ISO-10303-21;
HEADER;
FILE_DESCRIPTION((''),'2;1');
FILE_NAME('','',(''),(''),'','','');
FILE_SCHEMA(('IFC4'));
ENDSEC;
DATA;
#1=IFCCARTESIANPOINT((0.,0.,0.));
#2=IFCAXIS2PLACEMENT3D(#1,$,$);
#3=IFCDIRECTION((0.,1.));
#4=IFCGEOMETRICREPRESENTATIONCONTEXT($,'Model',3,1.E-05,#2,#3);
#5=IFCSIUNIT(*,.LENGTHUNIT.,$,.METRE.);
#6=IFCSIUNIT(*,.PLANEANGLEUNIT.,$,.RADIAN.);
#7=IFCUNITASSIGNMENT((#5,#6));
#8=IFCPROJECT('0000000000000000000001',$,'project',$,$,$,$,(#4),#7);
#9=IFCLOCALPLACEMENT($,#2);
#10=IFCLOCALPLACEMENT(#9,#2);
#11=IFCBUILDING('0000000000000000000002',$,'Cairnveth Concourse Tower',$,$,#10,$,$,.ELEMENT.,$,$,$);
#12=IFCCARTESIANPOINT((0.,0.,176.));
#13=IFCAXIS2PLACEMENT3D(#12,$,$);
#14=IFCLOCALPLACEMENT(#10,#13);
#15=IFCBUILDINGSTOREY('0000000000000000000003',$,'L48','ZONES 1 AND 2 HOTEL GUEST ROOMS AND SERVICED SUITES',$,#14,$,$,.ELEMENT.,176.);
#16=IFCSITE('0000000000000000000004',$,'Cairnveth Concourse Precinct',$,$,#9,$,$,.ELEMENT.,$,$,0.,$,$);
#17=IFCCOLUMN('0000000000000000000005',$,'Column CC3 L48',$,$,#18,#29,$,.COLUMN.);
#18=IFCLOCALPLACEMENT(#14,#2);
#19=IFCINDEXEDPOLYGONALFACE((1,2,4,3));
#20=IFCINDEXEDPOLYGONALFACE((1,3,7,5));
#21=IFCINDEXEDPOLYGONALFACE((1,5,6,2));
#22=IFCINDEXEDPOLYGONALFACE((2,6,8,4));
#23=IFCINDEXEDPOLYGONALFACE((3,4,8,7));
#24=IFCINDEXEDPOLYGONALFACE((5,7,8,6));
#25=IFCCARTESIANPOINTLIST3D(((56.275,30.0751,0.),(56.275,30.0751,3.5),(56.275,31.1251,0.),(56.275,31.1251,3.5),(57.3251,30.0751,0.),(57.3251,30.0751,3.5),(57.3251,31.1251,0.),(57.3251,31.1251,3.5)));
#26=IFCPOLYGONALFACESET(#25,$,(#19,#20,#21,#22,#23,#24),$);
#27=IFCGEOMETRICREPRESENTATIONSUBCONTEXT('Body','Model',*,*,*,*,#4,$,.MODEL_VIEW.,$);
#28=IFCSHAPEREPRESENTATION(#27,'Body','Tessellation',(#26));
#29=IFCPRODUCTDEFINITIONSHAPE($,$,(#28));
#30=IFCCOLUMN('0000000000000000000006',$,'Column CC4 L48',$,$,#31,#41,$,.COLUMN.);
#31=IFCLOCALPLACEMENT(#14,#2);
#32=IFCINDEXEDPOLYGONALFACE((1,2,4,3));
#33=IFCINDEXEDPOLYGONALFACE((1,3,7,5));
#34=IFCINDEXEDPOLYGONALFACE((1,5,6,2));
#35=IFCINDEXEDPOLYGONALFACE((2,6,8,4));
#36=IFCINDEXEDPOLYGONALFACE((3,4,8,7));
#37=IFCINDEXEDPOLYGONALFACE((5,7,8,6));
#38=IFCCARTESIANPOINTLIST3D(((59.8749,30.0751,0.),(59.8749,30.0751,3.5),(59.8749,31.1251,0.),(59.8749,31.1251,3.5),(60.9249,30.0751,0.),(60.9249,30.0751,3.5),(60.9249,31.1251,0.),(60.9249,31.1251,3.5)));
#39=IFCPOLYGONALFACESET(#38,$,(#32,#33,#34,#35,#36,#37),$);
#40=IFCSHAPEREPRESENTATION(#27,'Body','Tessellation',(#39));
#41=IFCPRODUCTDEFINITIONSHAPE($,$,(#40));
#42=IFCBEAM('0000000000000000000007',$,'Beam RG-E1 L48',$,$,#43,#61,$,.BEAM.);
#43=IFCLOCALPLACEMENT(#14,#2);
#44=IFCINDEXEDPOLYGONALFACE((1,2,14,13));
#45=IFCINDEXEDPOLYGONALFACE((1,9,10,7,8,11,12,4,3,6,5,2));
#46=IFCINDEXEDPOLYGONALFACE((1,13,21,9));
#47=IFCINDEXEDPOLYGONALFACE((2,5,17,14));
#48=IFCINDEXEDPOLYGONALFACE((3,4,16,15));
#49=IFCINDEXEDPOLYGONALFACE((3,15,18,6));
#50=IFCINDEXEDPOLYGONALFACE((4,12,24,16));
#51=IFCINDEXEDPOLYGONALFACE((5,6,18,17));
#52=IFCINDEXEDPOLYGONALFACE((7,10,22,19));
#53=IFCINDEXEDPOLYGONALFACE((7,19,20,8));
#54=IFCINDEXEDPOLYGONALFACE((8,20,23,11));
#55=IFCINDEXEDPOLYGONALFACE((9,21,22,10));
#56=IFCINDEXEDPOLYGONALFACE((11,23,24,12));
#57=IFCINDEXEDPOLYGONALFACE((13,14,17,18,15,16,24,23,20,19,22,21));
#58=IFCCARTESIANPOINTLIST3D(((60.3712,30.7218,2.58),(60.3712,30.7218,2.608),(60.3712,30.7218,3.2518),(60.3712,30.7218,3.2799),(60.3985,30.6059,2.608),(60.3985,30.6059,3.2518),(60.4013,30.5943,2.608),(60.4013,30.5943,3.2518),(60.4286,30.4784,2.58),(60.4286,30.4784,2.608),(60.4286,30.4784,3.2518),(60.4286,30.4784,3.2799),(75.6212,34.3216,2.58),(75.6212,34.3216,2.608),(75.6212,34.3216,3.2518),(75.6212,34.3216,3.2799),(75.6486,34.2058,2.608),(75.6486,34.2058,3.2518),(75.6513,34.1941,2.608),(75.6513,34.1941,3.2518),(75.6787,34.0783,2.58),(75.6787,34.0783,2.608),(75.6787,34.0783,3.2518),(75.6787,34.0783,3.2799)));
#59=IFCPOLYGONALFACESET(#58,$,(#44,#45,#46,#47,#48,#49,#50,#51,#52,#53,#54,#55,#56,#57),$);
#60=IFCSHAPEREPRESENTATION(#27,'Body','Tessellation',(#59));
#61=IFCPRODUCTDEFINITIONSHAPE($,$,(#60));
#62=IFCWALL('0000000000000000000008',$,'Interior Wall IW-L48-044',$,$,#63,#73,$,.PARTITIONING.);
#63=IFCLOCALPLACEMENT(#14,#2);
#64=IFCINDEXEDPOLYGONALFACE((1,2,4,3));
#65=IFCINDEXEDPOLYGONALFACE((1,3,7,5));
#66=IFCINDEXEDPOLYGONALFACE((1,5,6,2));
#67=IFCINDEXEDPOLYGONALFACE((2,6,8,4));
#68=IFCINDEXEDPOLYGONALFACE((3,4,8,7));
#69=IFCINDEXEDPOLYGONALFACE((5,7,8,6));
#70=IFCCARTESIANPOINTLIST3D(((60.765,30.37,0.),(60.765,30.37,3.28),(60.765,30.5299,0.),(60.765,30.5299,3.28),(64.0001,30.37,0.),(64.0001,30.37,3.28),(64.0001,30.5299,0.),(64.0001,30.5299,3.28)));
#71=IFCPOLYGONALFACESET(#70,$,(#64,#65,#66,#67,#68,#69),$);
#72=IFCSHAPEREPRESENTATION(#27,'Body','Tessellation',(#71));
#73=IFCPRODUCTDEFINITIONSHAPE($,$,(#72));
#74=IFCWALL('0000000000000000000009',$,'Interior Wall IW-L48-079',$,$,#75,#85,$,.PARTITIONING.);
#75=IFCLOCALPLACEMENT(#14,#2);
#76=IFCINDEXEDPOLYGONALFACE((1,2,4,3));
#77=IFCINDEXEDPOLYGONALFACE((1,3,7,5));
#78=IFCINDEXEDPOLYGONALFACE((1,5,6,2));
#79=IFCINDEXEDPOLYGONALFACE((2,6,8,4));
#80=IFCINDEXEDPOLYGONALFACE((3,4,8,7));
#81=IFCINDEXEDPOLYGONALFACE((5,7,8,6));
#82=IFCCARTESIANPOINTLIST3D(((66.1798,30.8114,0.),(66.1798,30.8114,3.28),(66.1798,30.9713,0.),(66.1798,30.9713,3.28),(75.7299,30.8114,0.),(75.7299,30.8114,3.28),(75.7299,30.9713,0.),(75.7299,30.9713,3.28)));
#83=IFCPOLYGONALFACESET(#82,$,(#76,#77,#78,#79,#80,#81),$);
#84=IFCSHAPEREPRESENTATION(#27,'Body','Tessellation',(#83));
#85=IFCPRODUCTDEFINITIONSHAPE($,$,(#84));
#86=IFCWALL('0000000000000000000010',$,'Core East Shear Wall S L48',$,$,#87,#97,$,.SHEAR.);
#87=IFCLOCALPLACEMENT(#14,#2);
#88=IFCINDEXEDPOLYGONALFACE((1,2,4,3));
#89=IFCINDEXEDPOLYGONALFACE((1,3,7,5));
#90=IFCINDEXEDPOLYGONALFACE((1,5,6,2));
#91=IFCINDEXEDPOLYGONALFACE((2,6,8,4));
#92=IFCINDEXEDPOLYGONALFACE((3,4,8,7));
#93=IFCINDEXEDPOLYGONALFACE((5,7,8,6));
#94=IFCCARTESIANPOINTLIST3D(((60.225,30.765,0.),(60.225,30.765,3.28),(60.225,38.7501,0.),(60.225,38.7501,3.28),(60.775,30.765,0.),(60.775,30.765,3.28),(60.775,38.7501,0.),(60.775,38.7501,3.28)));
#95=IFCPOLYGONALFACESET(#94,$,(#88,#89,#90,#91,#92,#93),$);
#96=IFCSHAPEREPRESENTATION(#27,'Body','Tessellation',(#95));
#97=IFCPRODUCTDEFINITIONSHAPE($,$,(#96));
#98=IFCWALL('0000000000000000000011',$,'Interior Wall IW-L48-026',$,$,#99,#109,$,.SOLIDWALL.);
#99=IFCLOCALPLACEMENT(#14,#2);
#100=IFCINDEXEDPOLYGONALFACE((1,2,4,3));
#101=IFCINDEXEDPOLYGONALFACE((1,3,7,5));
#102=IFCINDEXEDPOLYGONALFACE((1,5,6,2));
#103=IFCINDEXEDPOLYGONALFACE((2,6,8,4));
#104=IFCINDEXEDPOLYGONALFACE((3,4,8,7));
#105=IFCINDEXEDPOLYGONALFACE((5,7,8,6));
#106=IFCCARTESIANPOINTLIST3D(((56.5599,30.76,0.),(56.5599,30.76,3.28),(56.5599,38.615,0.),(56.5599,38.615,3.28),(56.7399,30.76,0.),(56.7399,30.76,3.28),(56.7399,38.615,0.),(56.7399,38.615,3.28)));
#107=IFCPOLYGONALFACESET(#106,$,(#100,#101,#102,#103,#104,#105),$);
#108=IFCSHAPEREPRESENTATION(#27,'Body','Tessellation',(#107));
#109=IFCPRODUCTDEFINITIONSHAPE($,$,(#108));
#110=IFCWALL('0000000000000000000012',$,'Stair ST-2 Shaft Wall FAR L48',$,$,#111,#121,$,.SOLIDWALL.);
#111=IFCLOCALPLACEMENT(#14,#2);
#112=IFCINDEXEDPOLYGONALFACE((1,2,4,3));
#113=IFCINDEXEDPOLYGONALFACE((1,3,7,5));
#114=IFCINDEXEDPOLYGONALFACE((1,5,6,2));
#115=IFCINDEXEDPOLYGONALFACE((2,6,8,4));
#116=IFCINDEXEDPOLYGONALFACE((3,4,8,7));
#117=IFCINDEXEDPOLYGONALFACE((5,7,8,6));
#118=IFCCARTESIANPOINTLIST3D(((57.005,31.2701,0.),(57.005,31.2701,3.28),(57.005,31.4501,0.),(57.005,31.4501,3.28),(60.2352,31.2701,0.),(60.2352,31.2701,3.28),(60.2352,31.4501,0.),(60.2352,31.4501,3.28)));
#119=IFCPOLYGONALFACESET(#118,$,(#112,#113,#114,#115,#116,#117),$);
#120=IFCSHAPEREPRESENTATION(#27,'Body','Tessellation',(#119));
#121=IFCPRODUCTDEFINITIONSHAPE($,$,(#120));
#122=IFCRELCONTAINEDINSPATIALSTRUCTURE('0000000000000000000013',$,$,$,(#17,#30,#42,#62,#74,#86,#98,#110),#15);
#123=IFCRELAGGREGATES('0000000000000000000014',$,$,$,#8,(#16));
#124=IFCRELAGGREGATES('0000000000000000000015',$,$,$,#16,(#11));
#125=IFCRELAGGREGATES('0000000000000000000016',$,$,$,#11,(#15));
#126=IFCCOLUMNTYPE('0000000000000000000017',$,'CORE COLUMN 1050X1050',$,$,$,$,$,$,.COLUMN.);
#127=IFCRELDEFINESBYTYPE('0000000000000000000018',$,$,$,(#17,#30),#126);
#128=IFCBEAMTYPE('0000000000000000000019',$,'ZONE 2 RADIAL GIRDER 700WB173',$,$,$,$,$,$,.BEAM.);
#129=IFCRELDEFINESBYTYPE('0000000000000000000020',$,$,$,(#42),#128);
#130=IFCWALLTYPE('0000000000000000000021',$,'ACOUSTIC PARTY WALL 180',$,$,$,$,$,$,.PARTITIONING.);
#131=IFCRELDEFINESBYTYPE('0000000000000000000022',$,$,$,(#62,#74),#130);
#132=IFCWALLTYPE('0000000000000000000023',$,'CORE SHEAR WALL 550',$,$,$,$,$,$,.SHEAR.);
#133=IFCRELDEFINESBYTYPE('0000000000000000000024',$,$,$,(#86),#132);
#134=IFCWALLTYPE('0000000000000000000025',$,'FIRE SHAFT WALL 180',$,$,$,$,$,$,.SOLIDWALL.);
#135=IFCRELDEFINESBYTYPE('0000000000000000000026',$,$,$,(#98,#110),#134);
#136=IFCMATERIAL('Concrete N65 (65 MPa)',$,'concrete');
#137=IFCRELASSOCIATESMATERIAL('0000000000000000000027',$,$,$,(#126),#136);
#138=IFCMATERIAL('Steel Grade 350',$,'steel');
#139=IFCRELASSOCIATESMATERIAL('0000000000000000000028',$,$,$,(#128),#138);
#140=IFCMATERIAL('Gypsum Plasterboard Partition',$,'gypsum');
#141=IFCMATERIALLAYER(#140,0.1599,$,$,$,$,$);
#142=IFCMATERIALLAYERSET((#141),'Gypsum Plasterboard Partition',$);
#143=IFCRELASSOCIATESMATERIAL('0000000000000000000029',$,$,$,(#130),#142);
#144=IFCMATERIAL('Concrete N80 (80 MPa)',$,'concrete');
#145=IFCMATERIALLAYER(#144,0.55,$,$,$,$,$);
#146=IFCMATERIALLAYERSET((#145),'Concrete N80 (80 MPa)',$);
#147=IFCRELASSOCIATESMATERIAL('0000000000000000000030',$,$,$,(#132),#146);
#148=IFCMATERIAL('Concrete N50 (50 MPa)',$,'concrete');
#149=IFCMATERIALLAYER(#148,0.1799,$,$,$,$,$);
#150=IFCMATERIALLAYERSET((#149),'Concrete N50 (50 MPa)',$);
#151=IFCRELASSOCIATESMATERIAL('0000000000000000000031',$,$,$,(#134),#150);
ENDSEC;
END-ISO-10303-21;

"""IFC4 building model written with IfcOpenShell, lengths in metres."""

from ifc_helpers import new_model, si_unit, direction, frame, frame_2d, origin, origin_2d, place, context, subcontext, project, spatial, rectangle, i_section, extrude, material, layer, layer_set, material_profile, profile_set, type_object, element, save


model = new_model("IFC4")

# Units and contexts
model_context = context("Model", 3, precision=1e-05, world=origin(), true_north=direction((0.0, 1.0)))
body_context = subcontext(model_context, "Body", "Model", "MODEL_VIEW")
ifc_project = project(units=[si_unit("LENGTHUNIT", "METRE"), si_unit("PLANEANGLEUNIT", "RADIAN")], contexts=[model_context])

# Site, building, storey
site_placement = place(None, origin())
site = spatial("IfcSite", under=ifc_project, at=site_placement, Name="Cairnveth Concourse Precinct", CompositionType="ELEMENT", RefElevation=0.0)
building_placement = place(site_placement, origin())
building = spatial("IfcBuilding", under=site, at=building_placement, Name="Cairnveth Concourse Tower", CompositionType="ELEMENT")
storey_placement = place(building_placement, frame((0.0, 0.0, 176.0)))
storey = spatial("IfcBuildingStorey", under=building, at=storey_placement, Name="L48", Description="ZONES 1 AND 2 HOTEL GUEST ROOMS AND SERVICED SUITES", CompositionType="ELEMENT", Elevation=176.0)

# Columns
ifc_material_1 = material(Name="Concrete N65 (65 MPa)", Category="concrete")
ifc_material_profile_1 = material_profile(ifc_material_1, rectangle(XDim=1.05, YDim=1.05, at=origin_2d()), Name="RC-COL-1050x1050")
ifc_profile_set_1 = profile_set([ifc_material_profile_1], Name="Concrete N65 (65 MPa)")
column_type = type_object("IfcColumnType", Name="CORE COLUMN 1050X1050", PredefinedType="COLUMN", material=ifc_profile_set_1)
for number, where, z_axis, x_axis, name in (
    (1, (56.8, 30.6001, 0.0), (0.0, 0.0, 1.0), (1.0, 0.0, 0.0), "Column CC3 L48"),
    (2, (60.3999, 30.6001, 0.0), (0.0, 0.0, 1.0), (1.0, 0.0, 0.0), "Column CC4 L48"),
):
    element("IfcColumn", number, at=place(storey_placement, frame(where, z_axis=z_axis, x_axis=x_axis)), inside=storey, type_object=column_type, Name=name, PredefinedType="COLUMN", context=body_context, shape_type="SweptSolid", body=[
        extrude(rectangle(XDim=1.05, YDim=1.05, at=origin_2d()), origin(), (0.0, 0.0, 1.0), 3.5),
    ])

# Beam
ifc_material_2 = material(Name="Steel Grade 350", Category="steel")
ifc_material_profile_2 = material_profile(ifc_material_2, i_section(OverallWidth=0.25, OverallDepth=0.7, WebThickness=0.012, FlangeThickness=0.0281, at=origin_2d()), Name="700WB173")
ifc_profile_set_2 = profile_set([ifc_material_profile_2], Name="Steel Grade 350")
beam_type = type_object("IfcBeamType", Name="ZONE 2 RADIAL GIRDER 700WB173", PredefinedType="BEAM", material=ifc_profile_set_2)
beam_placement = place(storey_placement, frame((60.3999, 30.6001, 2.9299), z_axis=(0.973252, 0.229742, 0.0), x_axis=(-0.229742, 0.973252, 0.0)))
element("IfcBeam", 3, at=beam_placement, inside=storey, type_object=beam_type, Name="Beam RG-E1 L48", PredefinedType="BEAM", context=body_context, shape_type="SweptSolid", body=[
    extrude(i_section(OverallWidth=0.25, OverallDepth=0.7, WebThickness=0.012, FlangeThickness=0.0281, at=origin_2d()), origin(), (0.0, 0.0, 1.0), 15.6692),
])

# Walls
ifc_material_3 = material(Name="Gypsum Plasterboard Partition", Category="gypsum")
ifc_layer_1 = layer(ifc_material_3, 0.1599)
ifc_layer_set_1 = layer_set([ifc_layer_1], Name="Gypsum Plasterboard Partition")
wall_type_1 = type_object("IfcWallType", Name="ACOUSTIC PARTY WALL 180", PredefinedType="PARTITIONING", material=ifc_layer_set_1)
wall_1_placement = place(storey_placement, frame((60.7649, 30.45, 0.0), z_axis=(0.0, 0.0, 1.0), x_axis=(1.0, 0.0, 0.0)))
element("IfcWall", 4, at=wall_1_placement, inside=storey, type_object=wall_type_1, Name="Interior Wall IW-L48-044", PredefinedType="PARTITIONING", context=body_context, shape_type="SweptSolid", body=[
    extrude(rectangle(XDim=3.2351, YDim=0.1599, at=frame_2d((1.6177, 0.0))), origin(), (0.0, 0.0, 1.0), 3.28),
])
wall_2_placement = place(storey_placement, frame((66.1799, 30.8914, 0.0), z_axis=(0.0, 0.0, 1.0), x_axis=(1.0, 0.0, 0.0)))
element("IfcWall", 5, at=wall_2_placement, inside=storey, type_object=wall_type_1, Name="Interior Wall IW-L48-079", PredefinedType="PARTITIONING", context=body_context, shape_type="SweptSolid", body=[
    extrude(rectangle(XDim=9.55, YDim=0.1599, at=frame_2d((4.7749, 0.0))), origin(), (0.0, 0.0, 1.0), 3.28),
])
ifc_material_4 = material(Name="Concrete N80 (80 MPa)", Category="concrete")
ifc_layer_2 = layer(ifc_material_4, 0.55)
ifc_layer_set_2 = layer_set([ifc_layer_2], Name="Concrete N80 (80 MPa)")
wall_type_2 = type_object("IfcWallType", Name="CORE SHEAR WALL 550", PredefinedType="SHEAR", material=ifc_layer_set_2)
wall_3_placement = place(storey_placement, frame((60.5, 30.7649, 0.0), z_axis=(0.0, 0.0, 1.0), x_axis=(0.0, 1.0, 0.0)))
element("IfcWall", 6, at=wall_3_placement, inside=storey, type_object=wall_type_2, Name="Core East Shear Wall S L48", PredefinedType="SHEAR", context=body_context, shape_type="SweptSolid", body=[
    extrude(rectangle(XDim=7.9851, YDim=0.55, at=frame_2d((3.9927, 0.0))), origin(), (0.0, 0.0, 1.0), 3.28),
])
ifc_material_5 = material(Name="Concrete N50 (50 MPa)", Category="concrete")
ifc_layer_3 = layer(ifc_material_5, 0.1799)
ifc_layer_set_3 = layer_set([ifc_layer_3], Name="Concrete N50 (50 MPa)")
wall_type_3 = type_object("IfcWallType", Name="FIRE SHAFT WALL 180", PredefinedType="SOLIDWALL", material=ifc_layer_set_3)
wall_4_placement = place(storey_placement, frame((56.6499, 30.76, 0.0), z_axis=(0.0, 0.0, 1.0), x_axis=(0.0, 1.0, 0.0)))
element("IfcWall", 7, at=wall_4_placement, inside=storey, type_object=wall_type_3, Name="Interior Wall IW-L48-026", PredefinedType="SOLIDWALL", context=body_context, shape_type="SweptSolid", body=[
    extrude(rectangle(XDim=7.855, YDim=0.1799, at=frame_2d((3.9275, 0.0))), origin(), (0.0, 0.0, 1.0), 3.28),
])
wall_5_placement = place(storey_placement, frame((57.0049, 31.3601, 0.0), z_axis=(0.0, 0.0, 1.0), x_axis=(1.0, 0.0, 0.0)))
element("IfcWall", 8, at=wall_5_placement, inside=storey, type_object=wall_type_3, Name="Stair ST-2 Shaft Wall FAR L48", PredefinedType="SOLIDWALL", context=body_context, shape_type="SweptSolid", body=[
    extrude(rectangle(XDim=3.2302, YDim=0.1799, at=frame_2d((1.6152, 0.0))), origin(), (0.0, 0.0, 1.0), 3.28),
])

save(model, "model.ifc")
